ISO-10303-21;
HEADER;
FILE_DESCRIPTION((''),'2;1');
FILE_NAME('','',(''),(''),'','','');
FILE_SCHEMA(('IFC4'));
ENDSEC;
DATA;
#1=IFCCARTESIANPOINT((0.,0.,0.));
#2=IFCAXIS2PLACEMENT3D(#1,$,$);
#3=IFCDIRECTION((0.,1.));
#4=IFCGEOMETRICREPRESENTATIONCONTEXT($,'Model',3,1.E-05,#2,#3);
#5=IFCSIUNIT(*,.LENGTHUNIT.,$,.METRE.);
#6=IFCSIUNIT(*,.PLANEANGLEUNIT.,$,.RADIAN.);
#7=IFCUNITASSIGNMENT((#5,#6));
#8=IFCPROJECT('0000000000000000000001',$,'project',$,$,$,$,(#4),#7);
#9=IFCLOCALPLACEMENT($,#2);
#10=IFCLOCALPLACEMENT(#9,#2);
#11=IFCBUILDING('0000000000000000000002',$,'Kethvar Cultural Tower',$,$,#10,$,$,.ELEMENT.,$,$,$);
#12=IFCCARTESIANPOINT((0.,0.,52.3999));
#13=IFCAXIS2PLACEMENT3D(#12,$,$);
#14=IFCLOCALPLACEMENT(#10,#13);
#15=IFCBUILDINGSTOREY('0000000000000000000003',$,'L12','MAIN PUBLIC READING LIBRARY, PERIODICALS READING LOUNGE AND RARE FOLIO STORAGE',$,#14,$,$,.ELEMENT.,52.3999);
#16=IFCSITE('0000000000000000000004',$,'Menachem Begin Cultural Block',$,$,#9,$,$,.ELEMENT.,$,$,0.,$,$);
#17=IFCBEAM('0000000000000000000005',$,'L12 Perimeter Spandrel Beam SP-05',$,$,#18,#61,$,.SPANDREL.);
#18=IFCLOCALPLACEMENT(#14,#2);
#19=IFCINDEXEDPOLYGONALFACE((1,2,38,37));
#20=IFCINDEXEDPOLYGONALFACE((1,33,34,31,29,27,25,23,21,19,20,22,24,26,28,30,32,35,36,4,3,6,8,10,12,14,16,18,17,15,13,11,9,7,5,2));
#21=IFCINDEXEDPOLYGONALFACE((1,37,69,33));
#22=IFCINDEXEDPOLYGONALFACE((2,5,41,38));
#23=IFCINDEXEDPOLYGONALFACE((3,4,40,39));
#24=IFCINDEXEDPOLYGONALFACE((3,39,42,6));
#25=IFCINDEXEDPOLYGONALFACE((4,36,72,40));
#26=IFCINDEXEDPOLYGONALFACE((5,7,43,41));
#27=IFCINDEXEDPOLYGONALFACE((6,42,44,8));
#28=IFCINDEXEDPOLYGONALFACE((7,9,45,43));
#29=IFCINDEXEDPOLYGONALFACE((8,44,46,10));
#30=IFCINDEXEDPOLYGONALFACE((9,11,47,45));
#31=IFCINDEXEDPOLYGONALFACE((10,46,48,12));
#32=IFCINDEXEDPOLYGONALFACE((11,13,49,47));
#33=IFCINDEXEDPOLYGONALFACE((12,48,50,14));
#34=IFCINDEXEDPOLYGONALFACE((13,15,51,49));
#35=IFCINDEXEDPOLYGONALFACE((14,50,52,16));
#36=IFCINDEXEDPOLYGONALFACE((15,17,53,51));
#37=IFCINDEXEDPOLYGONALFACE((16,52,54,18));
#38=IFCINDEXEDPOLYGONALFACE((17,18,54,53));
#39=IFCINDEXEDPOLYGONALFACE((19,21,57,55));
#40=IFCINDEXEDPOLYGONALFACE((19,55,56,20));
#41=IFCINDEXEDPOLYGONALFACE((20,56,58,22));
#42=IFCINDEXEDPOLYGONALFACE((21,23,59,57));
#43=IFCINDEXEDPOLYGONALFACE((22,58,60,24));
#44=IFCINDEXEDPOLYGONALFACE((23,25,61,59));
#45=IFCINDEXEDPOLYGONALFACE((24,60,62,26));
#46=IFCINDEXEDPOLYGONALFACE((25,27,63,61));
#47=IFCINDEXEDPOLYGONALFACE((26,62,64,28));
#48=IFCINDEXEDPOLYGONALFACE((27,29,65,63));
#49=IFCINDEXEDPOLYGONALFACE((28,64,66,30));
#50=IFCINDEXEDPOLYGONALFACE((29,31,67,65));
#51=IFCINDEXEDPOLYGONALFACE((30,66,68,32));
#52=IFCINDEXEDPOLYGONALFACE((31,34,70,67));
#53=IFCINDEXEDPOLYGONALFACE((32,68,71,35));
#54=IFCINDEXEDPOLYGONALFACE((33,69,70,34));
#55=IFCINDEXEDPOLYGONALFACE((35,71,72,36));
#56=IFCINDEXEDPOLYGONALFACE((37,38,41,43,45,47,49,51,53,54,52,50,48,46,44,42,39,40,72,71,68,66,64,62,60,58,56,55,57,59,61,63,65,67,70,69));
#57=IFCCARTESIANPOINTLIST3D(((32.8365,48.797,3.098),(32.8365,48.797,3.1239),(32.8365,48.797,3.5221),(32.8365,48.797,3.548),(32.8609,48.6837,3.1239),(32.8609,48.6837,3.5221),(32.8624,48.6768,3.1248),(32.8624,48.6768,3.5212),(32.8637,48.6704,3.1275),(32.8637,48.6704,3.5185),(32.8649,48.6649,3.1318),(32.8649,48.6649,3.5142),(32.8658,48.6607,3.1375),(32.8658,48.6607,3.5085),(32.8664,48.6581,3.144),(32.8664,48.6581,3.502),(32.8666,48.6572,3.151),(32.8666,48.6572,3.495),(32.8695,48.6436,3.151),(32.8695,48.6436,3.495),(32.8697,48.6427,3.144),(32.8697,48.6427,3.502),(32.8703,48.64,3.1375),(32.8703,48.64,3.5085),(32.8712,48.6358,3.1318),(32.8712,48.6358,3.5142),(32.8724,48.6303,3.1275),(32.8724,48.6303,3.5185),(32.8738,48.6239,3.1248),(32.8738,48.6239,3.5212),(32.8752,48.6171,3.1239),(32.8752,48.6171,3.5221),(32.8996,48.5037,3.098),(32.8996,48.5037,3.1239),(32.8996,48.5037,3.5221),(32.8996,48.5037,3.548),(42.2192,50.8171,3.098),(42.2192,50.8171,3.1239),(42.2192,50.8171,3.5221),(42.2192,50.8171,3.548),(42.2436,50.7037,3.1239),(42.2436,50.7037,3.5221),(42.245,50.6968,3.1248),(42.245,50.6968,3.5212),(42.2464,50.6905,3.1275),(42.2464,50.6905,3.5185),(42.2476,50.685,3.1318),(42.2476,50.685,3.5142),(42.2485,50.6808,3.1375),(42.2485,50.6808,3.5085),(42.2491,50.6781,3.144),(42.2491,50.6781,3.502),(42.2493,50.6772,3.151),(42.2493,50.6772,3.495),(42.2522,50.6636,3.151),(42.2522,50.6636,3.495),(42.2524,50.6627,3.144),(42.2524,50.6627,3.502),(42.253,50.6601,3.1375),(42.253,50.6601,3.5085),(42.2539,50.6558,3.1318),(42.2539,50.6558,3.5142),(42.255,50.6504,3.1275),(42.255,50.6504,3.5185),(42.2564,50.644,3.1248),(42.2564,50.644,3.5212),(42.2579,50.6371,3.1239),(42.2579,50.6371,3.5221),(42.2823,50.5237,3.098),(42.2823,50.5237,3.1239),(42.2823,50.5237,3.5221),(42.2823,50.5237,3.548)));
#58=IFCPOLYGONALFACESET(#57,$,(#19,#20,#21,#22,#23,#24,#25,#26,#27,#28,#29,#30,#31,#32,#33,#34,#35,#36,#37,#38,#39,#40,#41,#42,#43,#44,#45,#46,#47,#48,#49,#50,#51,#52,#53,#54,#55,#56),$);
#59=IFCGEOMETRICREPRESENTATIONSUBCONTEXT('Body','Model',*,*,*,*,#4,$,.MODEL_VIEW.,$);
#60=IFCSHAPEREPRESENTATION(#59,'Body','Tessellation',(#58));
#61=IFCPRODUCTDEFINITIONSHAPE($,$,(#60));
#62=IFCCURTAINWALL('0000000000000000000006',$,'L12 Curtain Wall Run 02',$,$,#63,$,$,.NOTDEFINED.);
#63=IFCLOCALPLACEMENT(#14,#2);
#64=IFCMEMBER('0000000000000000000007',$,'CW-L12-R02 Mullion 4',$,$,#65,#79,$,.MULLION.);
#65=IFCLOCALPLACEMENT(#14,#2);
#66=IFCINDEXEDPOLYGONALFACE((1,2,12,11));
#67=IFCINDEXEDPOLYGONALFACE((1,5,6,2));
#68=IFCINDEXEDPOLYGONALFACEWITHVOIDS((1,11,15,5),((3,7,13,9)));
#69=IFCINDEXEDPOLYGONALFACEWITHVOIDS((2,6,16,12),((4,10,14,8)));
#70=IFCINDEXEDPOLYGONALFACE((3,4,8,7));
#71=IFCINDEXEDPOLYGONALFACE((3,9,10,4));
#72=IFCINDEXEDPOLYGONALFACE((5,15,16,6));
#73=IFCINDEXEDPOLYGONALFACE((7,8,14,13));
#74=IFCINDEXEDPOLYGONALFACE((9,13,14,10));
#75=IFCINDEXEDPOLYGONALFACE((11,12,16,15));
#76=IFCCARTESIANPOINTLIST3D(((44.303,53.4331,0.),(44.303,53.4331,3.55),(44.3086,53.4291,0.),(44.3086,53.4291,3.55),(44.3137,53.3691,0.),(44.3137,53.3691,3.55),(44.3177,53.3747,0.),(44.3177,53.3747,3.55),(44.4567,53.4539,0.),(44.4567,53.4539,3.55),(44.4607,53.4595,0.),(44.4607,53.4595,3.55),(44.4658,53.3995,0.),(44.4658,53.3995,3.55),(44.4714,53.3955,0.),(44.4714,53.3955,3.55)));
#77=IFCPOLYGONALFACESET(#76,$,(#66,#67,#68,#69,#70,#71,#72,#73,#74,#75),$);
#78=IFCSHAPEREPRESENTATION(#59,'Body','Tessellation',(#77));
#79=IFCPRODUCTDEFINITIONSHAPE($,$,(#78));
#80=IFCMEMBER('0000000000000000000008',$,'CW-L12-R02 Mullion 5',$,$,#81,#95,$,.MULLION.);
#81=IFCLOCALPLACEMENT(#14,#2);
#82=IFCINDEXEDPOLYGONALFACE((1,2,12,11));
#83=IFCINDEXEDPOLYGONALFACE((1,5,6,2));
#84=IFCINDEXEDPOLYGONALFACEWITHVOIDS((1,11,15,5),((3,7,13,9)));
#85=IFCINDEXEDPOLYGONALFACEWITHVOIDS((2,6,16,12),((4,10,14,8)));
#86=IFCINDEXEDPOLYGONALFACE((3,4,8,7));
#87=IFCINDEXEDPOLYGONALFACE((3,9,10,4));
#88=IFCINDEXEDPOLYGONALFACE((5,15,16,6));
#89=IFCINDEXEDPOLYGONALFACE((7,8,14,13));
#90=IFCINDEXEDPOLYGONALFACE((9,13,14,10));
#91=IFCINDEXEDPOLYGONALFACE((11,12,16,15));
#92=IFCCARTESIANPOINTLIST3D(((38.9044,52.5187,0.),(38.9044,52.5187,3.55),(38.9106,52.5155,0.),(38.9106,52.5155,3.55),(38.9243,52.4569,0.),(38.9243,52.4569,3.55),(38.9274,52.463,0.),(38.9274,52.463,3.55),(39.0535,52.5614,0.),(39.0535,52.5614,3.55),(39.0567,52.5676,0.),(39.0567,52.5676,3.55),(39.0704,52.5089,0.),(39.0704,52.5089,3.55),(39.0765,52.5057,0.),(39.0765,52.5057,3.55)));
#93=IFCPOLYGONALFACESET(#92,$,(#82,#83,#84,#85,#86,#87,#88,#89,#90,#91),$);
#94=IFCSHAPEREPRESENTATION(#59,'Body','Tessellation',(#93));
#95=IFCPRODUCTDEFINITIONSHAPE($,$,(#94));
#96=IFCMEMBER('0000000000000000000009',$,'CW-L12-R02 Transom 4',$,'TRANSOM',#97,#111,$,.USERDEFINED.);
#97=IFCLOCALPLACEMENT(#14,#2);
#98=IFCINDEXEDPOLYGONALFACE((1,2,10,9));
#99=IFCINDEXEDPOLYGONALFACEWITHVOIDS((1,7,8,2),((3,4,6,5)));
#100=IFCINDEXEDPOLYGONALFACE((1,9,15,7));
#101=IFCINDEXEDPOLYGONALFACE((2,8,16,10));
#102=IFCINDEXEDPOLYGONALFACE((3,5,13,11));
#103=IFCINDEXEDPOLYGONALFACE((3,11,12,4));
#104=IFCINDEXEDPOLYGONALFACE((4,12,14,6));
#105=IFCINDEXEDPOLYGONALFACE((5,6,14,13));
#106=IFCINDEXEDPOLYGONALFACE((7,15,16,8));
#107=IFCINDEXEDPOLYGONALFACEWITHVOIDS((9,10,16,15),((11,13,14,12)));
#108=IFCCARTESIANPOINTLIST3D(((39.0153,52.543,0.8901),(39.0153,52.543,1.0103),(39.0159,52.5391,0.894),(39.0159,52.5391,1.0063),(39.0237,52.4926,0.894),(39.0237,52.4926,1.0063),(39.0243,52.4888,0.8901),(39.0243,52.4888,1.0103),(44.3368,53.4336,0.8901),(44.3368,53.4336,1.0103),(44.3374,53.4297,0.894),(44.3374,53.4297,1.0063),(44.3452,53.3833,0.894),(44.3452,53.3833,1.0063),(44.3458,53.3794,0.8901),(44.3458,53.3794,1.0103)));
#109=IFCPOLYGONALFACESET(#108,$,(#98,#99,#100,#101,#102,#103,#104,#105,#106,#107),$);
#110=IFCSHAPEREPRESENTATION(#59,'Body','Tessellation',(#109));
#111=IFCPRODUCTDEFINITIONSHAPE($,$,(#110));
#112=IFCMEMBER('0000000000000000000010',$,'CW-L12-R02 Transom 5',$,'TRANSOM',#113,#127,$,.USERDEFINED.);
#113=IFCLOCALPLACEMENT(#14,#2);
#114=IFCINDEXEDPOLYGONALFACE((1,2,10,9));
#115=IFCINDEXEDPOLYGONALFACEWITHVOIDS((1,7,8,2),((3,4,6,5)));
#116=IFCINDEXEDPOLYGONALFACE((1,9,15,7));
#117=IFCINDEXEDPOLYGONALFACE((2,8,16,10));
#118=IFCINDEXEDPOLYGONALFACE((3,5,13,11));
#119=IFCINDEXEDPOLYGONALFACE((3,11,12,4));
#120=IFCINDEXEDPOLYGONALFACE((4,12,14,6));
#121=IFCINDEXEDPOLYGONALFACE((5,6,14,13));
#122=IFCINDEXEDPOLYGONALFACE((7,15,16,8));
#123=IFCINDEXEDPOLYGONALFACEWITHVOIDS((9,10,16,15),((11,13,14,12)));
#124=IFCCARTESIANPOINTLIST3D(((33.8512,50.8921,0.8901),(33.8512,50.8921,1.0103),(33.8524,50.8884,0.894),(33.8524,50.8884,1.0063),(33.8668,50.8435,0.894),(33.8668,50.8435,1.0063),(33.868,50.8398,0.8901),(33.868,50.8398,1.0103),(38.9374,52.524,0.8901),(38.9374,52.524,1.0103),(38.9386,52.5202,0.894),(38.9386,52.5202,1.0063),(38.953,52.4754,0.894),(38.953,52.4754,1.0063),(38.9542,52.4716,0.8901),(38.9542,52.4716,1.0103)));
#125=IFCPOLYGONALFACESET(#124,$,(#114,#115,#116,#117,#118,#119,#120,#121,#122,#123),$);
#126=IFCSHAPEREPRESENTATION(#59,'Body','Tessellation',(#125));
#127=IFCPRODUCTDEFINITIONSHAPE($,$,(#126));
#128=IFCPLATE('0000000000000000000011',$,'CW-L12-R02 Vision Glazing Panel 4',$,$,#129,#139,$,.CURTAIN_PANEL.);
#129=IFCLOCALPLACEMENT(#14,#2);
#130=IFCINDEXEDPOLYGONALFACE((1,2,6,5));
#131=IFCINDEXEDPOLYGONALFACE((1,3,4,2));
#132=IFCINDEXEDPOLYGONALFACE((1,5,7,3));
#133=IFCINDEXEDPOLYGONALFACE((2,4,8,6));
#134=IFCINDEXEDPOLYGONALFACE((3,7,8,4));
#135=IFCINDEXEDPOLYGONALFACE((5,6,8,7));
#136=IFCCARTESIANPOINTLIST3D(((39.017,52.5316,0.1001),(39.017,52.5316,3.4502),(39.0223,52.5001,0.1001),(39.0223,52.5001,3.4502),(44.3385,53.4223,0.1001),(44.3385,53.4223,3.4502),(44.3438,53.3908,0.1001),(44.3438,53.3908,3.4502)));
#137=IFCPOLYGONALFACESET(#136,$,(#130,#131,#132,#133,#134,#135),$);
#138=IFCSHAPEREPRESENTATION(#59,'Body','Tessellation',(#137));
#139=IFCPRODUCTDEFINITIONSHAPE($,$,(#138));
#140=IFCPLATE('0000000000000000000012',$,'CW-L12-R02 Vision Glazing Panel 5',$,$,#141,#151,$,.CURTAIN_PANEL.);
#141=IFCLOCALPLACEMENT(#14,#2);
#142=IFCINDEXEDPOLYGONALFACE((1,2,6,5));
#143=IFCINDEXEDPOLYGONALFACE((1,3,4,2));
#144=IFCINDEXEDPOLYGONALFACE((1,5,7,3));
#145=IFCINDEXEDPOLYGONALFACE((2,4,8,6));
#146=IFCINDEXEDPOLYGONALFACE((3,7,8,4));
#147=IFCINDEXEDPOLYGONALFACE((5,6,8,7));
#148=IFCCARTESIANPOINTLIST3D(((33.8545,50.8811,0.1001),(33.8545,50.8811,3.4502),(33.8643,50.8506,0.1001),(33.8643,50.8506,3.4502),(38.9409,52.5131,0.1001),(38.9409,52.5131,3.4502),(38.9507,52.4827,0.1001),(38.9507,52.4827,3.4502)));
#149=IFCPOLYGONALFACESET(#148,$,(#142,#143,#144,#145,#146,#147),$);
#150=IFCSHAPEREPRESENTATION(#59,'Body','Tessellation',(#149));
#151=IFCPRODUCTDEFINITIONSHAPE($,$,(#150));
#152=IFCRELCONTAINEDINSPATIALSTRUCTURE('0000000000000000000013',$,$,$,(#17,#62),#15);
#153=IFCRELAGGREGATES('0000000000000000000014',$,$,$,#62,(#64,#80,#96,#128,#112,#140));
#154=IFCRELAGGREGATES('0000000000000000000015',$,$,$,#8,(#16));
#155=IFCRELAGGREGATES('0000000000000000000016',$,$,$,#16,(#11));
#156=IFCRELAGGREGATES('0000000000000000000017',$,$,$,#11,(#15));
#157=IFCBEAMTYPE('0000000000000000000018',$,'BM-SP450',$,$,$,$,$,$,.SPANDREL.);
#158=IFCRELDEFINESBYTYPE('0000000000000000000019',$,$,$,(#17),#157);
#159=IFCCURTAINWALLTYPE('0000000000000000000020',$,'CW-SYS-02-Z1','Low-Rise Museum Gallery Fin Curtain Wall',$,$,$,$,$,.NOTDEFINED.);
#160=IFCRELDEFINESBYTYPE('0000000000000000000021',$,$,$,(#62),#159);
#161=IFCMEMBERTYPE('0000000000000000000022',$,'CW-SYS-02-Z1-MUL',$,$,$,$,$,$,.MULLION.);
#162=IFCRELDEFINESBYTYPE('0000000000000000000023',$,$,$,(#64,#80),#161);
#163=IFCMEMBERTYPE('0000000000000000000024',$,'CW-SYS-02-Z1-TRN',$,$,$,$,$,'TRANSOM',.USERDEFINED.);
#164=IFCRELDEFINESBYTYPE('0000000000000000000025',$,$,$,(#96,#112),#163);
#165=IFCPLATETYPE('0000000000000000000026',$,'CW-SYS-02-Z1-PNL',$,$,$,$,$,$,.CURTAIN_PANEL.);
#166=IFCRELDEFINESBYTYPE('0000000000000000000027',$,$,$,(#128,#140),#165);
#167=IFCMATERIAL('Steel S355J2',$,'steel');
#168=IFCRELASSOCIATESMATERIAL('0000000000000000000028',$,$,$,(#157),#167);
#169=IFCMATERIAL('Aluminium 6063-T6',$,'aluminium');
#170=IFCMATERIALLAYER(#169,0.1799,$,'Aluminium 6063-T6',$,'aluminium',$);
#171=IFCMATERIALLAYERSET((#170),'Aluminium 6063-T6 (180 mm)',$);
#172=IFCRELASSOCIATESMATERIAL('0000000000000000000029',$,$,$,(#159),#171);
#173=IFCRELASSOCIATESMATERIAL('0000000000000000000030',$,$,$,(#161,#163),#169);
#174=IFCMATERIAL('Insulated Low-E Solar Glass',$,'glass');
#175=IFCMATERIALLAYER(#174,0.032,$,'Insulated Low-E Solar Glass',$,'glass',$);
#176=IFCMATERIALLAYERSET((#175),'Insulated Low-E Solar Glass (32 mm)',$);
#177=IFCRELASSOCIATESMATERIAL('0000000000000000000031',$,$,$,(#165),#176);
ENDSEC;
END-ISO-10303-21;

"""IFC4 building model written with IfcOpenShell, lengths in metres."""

from ifc_helpers import new_model, si_unit, direction, frame, origin, origin_2d, place, context, subcontext, project, spatial, rectangle, hollow_rectangle, i_section, extrude, source, transform, mapped, material, layer, layer_set, material_profile, profile_set, type_object, element, aggregate, save


model = new_model("IFC4")

# Units and contexts
model_context = context("Model", 3, precision=1e-05, world=origin(), true_north=direction((0.0, 1.0)))
body_context = subcontext(model_context, "Body", "Model", "MODEL_VIEW")
ifc_project = project(units=[si_unit("LENGTHUNIT", "METRE"), si_unit("PLANEANGLEUNIT", "RADIAN")], contexts=[model_context])

# Site, building, storey
site_placement = place(None, origin())
site = spatial("IfcSite", under=ifc_project, at=site_placement, Name="Menachem Begin Cultural Block", CompositionType="ELEMENT", RefElevation=0.0)
building_placement = place(site_placement, origin())
building = spatial("IfcBuilding", under=site, at=building_placement, Name="Kethvar Cultural Tower", CompositionType="ELEMENT")
storey_placement = place(building_placement, frame((0.0, 0.0, 52.3999)))
storey = spatial("IfcBuildingStorey", under=building, at=storey_placement, Name="L12", Description="MAIN PUBLIC READING LIBRARY, PERIODICALS READING LOUNGE AND RARE FOLIO STORAGE", CompositionType="ELEMENT", Elevation=52.3999)

# Beam
ifc_material_1 = material(Name="Steel S355J2", Category="steel")
ifc_material_profile_1 = material_profile(ifc_material_1, i_section(OverallWidth=0.3, OverallDepth=0.45, WebThickness=0.0139, FlangeThickness=0.0259, FilletRadius=0.0271, at=origin_2d()), Name="Steel S355J2 — HEB450")
ifc_profile_set_1 = profile_set([ifc_material_profile_1], Name="Steel S355J2 — HEB450")
beam_type_1 = type_object("IfcBeamType", Name="BM-SP450", PredefinedType="SPANDREL", material=ifc_profile_set_1)
shared_shape_1 = source(origin(), body_context, "Body", "SweptSolid", [
    extrude(i_section(OverallWidth=0.3, OverallDepth=0.45, WebThickness=0.0139, FlangeThickness=0.0259, FilletRadius=0.0271, at=origin_2d()), origin(), (0.0, 0.0, 1.0), 9.5977),
])
beam_1_placement = place(storey_placement, frame((42.2507, 50.6704, 3.323), z_axis=(-0.9776, -0.210472, 0.0), x_axis=(0.210472, -0.9776, 0.0)))
element("IfcBeam", 1, at=beam_1_placement, inside=storey, type_object=beam_type_1, Name="L12 Perimeter Spandrel Beam SP-05", PredefinedType="SPANDREL", context=body_context, shape_type="MappedRepresentation", body=[
    mapped(shared_shape_1, transform((0.0, 0.0, 0.0), scale=1.0)),
])

# Curtain wall, members, plates
ifc_material_2 = material(Name="Aluminium 6063-T6", Category="aluminium")
ifc_layer_1 = layer(ifc_material_2, 0.1799, Name="Aluminium 6063-T6", Category="aluminium")
ifc_layer_set_1 = layer_set([ifc_layer_1], Name="Aluminium 6063-T6 (180 mm)")
curtain_wall_type = type_object("IfcCurtainWallType", Name="CW-SYS-02-Z1", Description="Low-Rise Museum Gallery Fin Curtain Wall", PredefinedType="NOTDEFINED", material=ifc_layer_set_1)
curtain_wall_placement = place(storey_placement, origin())
curtain_wall = element("IfcCurtainWall", 2, at=curtain_wall_placement, inside=storey, type_object=curtain_wall_type, Name="L12 Curtain Wall Run 02", PredefinedType="NOTDEFINED")
ifc_material_profile_2 = material_profile(ifc_material_2, hollow_rectangle(XDim=0.0649, YDim=0.1599, WallThickness=0.0049, at=origin_2d()), Name="Aluminium 6063-T6 — RHS160x65x5")
ifc_profile_set_2 = profile_set([ifc_material_profile_2], Name="Aluminium 6063-T6 — RHS160x65x5")
member_type_1 = type_object("IfcMemberType", Name="CW-SYS-02-Z1-MUL", PredefinedType="MULLION", material=ifc_profile_set_2)
shared_shape_2 = source(origin(), body_context, "Body", "SweptSolid", [
    extrude(hollow_rectangle(XDim=0.0649, YDim=0.1599, WallThickness=0.0049, at=origin_2d()), origin(), (0.0, 0.0, 1.0), 3.55),
])
member_1_placement = place(storey_placement, frame((44.3872, 53.4143, 0.0), z_axis=(0.0, 0.0, 1.0), x_axis=(0.165082, -0.98628, 0.0)))
member_1 = element("IfcMember", 3, at=member_1_placement, type_object=member_type_1, Name="CW-L12-R02 Mullion 4", PredefinedType="MULLION", context=body_context, shape_type="MappedRepresentation", body=[
    mapped(shared_shape_2, transform((0.0, 0.0, 0.0), scale=1.0)),
])
member_2_placement = place(storey_placement, frame((38.9905, 52.5122, 0.0), z_axis=(0.0, 0.0, 1.0), x_axis=(0.305529, -0.952183, 0.0)))
member_2 = element("IfcMember", 4, at=member_2_placement, type_object=member_type_1, Name="CW-L12-R02 Mullion 5", PredefinedType="MULLION", context=body_context, shape_type="MappedRepresentation", body=[
    mapped(shared_shape_2, transform((0.0, 0.0, 0.0), scale=1.0)),
])
ifc_material_profile_3 = material_profile(ifc_material_2, hollow_rectangle(XDim=0.0549, YDim=0.1201, WallThickness=0.0039, at=origin_2d()), Name="Aluminium 6063-T6 — RHS120x55x4")
ifc_profile_set_3 = profile_set([ifc_material_profile_3], Name="Aluminium 6063-T6 — RHS120x55x4")
member_type_2 = type_object("IfcMemberType", Name="CW-SYS-02-Z1-TRN", ElementType="TRANSOM", PredefinedType="USERDEFINED", material=ifc_profile_set_3)
shared_shape_3 = source(origin(), body_context, "Body", "SweptSolid", [
    extrude(hollow_rectangle(XDim=0.0549, YDim=0.1201, WallThickness=0.0039, at=origin_2d()), origin(), (0.0, 0.0, 1.0), 5.3955),
])
member_3_placement = place(storey_placement, frame((44.3413, 53.4065, 0.9502), z_axis=(-0.986282, -0.165067, 0.0), x_axis=(0.165067, -0.986282, 0.0)))
member_3 = element("IfcMember", 5, at=member_3_placement, type_object=member_type_2, Name="CW-L12-R02 Transom 4", ObjectType="TRANSOM", PredefinedType="USERDEFINED", context=body_context, shape_type="MappedRepresentation", body=[
    mapped(shared_shape_3, transform((0.0, 0.0, 0.0), scale=1.0)),
])
shared_shape_4 = source(origin(), body_context, "Body", "SweptSolid", [
    extrude(hollow_rectangle(XDim=0.0549, YDim=0.1201, WallThickness=0.0039, at=origin_2d()), origin(), (0.0, 0.0, 1.0), 5.3416),
])
member_4_placement = place(storey_placement, frame((38.9458, 52.4978, 0.9502), z_axis=(-0.952192, -0.305499, 0.0), x_axis=(0.305499, -0.952192, 0.0)))
member_4 = element("IfcMember", 6, at=member_4_placement, type_object=member_type_2, Name="CW-L12-R02 Transom 5", ObjectType="TRANSOM", PredefinedType="USERDEFINED", context=body_context, shape_type="MappedRepresentation", body=[
    mapped(shared_shape_4, transform((0.0, 0.0, 0.0), scale=1.0)),
])
ifc_material_3 = material(Name="Insulated Low-E Solar Glass", Category="glass")
ifc_layer_2 = layer(ifc_material_3, 0.032, Name="Insulated Low-E Solar Glass", Category="glass")
ifc_layer_set_2 = layer_set([ifc_layer_2], Name="Insulated Low-E Solar Glass (32 mm)")
plate_type = type_object("IfcPlateType", Name="CW-SYS-02-Z1-PNL", PredefinedType="CURTAIN_PANEL", material=ifc_layer_set_2)
shared_shape_5 = source(origin(), body_context, "Body", "SweptSolid", [
    extrude(rectangle(XDim=5.3955, YDim=0.032, at=origin_2d()), origin(), (0.0, 0.0, 1.0), 3.3501),
])
plate_1_placement = place(storey_placement, frame((41.6804, 52.9612, 0.1001), z_axis=(0.0, 0.0, 1.0), x_axis=(-0.98628, -0.165082, 0.0)))
plate_1 = element("IfcPlate", 7, at=plate_1_placement, type_object=plate_type, Name="CW-L12-R02 Vision Glazing Panel 4", PredefinedType="CURTAIN_PANEL", context=body_context, shape_type="MappedRepresentation", body=[
    mapped(shared_shape_5, transform((0.0, 0.0, 0.0), scale=1.0)),
])
shared_shape_6 = source(origin(), body_context, "Body", "SweptSolid", [
    extrude(rectangle(XDim=5.3418, YDim=0.032, at=origin_2d()), origin(), (0.0, 0.0, 1.0), 3.3501),
])
plate_2_placement = place(storey_placement, frame((36.4026, 51.6819, 0.1001), z_axis=(0.0, 0.0, 1.0), x_axis=(-0.952183, -0.305529, 0.0)))
plate_2 = element("IfcPlate", 8, at=plate_2_placement, type_object=plate_type, Name="CW-L12-R02 Vision Glazing Panel 5", PredefinedType="CURTAIN_PANEL", context=body_context, shape_type="MappedRepresentation", body=[
    mapped(shared_shape_6, transform((0.0, 0.0, 0.0), scale=1.0)),
])
aggregate(curtain_wall, [member_1, member_2, member_3, plate_1, member_4, plate_2])

save(model, "model.ifc")
